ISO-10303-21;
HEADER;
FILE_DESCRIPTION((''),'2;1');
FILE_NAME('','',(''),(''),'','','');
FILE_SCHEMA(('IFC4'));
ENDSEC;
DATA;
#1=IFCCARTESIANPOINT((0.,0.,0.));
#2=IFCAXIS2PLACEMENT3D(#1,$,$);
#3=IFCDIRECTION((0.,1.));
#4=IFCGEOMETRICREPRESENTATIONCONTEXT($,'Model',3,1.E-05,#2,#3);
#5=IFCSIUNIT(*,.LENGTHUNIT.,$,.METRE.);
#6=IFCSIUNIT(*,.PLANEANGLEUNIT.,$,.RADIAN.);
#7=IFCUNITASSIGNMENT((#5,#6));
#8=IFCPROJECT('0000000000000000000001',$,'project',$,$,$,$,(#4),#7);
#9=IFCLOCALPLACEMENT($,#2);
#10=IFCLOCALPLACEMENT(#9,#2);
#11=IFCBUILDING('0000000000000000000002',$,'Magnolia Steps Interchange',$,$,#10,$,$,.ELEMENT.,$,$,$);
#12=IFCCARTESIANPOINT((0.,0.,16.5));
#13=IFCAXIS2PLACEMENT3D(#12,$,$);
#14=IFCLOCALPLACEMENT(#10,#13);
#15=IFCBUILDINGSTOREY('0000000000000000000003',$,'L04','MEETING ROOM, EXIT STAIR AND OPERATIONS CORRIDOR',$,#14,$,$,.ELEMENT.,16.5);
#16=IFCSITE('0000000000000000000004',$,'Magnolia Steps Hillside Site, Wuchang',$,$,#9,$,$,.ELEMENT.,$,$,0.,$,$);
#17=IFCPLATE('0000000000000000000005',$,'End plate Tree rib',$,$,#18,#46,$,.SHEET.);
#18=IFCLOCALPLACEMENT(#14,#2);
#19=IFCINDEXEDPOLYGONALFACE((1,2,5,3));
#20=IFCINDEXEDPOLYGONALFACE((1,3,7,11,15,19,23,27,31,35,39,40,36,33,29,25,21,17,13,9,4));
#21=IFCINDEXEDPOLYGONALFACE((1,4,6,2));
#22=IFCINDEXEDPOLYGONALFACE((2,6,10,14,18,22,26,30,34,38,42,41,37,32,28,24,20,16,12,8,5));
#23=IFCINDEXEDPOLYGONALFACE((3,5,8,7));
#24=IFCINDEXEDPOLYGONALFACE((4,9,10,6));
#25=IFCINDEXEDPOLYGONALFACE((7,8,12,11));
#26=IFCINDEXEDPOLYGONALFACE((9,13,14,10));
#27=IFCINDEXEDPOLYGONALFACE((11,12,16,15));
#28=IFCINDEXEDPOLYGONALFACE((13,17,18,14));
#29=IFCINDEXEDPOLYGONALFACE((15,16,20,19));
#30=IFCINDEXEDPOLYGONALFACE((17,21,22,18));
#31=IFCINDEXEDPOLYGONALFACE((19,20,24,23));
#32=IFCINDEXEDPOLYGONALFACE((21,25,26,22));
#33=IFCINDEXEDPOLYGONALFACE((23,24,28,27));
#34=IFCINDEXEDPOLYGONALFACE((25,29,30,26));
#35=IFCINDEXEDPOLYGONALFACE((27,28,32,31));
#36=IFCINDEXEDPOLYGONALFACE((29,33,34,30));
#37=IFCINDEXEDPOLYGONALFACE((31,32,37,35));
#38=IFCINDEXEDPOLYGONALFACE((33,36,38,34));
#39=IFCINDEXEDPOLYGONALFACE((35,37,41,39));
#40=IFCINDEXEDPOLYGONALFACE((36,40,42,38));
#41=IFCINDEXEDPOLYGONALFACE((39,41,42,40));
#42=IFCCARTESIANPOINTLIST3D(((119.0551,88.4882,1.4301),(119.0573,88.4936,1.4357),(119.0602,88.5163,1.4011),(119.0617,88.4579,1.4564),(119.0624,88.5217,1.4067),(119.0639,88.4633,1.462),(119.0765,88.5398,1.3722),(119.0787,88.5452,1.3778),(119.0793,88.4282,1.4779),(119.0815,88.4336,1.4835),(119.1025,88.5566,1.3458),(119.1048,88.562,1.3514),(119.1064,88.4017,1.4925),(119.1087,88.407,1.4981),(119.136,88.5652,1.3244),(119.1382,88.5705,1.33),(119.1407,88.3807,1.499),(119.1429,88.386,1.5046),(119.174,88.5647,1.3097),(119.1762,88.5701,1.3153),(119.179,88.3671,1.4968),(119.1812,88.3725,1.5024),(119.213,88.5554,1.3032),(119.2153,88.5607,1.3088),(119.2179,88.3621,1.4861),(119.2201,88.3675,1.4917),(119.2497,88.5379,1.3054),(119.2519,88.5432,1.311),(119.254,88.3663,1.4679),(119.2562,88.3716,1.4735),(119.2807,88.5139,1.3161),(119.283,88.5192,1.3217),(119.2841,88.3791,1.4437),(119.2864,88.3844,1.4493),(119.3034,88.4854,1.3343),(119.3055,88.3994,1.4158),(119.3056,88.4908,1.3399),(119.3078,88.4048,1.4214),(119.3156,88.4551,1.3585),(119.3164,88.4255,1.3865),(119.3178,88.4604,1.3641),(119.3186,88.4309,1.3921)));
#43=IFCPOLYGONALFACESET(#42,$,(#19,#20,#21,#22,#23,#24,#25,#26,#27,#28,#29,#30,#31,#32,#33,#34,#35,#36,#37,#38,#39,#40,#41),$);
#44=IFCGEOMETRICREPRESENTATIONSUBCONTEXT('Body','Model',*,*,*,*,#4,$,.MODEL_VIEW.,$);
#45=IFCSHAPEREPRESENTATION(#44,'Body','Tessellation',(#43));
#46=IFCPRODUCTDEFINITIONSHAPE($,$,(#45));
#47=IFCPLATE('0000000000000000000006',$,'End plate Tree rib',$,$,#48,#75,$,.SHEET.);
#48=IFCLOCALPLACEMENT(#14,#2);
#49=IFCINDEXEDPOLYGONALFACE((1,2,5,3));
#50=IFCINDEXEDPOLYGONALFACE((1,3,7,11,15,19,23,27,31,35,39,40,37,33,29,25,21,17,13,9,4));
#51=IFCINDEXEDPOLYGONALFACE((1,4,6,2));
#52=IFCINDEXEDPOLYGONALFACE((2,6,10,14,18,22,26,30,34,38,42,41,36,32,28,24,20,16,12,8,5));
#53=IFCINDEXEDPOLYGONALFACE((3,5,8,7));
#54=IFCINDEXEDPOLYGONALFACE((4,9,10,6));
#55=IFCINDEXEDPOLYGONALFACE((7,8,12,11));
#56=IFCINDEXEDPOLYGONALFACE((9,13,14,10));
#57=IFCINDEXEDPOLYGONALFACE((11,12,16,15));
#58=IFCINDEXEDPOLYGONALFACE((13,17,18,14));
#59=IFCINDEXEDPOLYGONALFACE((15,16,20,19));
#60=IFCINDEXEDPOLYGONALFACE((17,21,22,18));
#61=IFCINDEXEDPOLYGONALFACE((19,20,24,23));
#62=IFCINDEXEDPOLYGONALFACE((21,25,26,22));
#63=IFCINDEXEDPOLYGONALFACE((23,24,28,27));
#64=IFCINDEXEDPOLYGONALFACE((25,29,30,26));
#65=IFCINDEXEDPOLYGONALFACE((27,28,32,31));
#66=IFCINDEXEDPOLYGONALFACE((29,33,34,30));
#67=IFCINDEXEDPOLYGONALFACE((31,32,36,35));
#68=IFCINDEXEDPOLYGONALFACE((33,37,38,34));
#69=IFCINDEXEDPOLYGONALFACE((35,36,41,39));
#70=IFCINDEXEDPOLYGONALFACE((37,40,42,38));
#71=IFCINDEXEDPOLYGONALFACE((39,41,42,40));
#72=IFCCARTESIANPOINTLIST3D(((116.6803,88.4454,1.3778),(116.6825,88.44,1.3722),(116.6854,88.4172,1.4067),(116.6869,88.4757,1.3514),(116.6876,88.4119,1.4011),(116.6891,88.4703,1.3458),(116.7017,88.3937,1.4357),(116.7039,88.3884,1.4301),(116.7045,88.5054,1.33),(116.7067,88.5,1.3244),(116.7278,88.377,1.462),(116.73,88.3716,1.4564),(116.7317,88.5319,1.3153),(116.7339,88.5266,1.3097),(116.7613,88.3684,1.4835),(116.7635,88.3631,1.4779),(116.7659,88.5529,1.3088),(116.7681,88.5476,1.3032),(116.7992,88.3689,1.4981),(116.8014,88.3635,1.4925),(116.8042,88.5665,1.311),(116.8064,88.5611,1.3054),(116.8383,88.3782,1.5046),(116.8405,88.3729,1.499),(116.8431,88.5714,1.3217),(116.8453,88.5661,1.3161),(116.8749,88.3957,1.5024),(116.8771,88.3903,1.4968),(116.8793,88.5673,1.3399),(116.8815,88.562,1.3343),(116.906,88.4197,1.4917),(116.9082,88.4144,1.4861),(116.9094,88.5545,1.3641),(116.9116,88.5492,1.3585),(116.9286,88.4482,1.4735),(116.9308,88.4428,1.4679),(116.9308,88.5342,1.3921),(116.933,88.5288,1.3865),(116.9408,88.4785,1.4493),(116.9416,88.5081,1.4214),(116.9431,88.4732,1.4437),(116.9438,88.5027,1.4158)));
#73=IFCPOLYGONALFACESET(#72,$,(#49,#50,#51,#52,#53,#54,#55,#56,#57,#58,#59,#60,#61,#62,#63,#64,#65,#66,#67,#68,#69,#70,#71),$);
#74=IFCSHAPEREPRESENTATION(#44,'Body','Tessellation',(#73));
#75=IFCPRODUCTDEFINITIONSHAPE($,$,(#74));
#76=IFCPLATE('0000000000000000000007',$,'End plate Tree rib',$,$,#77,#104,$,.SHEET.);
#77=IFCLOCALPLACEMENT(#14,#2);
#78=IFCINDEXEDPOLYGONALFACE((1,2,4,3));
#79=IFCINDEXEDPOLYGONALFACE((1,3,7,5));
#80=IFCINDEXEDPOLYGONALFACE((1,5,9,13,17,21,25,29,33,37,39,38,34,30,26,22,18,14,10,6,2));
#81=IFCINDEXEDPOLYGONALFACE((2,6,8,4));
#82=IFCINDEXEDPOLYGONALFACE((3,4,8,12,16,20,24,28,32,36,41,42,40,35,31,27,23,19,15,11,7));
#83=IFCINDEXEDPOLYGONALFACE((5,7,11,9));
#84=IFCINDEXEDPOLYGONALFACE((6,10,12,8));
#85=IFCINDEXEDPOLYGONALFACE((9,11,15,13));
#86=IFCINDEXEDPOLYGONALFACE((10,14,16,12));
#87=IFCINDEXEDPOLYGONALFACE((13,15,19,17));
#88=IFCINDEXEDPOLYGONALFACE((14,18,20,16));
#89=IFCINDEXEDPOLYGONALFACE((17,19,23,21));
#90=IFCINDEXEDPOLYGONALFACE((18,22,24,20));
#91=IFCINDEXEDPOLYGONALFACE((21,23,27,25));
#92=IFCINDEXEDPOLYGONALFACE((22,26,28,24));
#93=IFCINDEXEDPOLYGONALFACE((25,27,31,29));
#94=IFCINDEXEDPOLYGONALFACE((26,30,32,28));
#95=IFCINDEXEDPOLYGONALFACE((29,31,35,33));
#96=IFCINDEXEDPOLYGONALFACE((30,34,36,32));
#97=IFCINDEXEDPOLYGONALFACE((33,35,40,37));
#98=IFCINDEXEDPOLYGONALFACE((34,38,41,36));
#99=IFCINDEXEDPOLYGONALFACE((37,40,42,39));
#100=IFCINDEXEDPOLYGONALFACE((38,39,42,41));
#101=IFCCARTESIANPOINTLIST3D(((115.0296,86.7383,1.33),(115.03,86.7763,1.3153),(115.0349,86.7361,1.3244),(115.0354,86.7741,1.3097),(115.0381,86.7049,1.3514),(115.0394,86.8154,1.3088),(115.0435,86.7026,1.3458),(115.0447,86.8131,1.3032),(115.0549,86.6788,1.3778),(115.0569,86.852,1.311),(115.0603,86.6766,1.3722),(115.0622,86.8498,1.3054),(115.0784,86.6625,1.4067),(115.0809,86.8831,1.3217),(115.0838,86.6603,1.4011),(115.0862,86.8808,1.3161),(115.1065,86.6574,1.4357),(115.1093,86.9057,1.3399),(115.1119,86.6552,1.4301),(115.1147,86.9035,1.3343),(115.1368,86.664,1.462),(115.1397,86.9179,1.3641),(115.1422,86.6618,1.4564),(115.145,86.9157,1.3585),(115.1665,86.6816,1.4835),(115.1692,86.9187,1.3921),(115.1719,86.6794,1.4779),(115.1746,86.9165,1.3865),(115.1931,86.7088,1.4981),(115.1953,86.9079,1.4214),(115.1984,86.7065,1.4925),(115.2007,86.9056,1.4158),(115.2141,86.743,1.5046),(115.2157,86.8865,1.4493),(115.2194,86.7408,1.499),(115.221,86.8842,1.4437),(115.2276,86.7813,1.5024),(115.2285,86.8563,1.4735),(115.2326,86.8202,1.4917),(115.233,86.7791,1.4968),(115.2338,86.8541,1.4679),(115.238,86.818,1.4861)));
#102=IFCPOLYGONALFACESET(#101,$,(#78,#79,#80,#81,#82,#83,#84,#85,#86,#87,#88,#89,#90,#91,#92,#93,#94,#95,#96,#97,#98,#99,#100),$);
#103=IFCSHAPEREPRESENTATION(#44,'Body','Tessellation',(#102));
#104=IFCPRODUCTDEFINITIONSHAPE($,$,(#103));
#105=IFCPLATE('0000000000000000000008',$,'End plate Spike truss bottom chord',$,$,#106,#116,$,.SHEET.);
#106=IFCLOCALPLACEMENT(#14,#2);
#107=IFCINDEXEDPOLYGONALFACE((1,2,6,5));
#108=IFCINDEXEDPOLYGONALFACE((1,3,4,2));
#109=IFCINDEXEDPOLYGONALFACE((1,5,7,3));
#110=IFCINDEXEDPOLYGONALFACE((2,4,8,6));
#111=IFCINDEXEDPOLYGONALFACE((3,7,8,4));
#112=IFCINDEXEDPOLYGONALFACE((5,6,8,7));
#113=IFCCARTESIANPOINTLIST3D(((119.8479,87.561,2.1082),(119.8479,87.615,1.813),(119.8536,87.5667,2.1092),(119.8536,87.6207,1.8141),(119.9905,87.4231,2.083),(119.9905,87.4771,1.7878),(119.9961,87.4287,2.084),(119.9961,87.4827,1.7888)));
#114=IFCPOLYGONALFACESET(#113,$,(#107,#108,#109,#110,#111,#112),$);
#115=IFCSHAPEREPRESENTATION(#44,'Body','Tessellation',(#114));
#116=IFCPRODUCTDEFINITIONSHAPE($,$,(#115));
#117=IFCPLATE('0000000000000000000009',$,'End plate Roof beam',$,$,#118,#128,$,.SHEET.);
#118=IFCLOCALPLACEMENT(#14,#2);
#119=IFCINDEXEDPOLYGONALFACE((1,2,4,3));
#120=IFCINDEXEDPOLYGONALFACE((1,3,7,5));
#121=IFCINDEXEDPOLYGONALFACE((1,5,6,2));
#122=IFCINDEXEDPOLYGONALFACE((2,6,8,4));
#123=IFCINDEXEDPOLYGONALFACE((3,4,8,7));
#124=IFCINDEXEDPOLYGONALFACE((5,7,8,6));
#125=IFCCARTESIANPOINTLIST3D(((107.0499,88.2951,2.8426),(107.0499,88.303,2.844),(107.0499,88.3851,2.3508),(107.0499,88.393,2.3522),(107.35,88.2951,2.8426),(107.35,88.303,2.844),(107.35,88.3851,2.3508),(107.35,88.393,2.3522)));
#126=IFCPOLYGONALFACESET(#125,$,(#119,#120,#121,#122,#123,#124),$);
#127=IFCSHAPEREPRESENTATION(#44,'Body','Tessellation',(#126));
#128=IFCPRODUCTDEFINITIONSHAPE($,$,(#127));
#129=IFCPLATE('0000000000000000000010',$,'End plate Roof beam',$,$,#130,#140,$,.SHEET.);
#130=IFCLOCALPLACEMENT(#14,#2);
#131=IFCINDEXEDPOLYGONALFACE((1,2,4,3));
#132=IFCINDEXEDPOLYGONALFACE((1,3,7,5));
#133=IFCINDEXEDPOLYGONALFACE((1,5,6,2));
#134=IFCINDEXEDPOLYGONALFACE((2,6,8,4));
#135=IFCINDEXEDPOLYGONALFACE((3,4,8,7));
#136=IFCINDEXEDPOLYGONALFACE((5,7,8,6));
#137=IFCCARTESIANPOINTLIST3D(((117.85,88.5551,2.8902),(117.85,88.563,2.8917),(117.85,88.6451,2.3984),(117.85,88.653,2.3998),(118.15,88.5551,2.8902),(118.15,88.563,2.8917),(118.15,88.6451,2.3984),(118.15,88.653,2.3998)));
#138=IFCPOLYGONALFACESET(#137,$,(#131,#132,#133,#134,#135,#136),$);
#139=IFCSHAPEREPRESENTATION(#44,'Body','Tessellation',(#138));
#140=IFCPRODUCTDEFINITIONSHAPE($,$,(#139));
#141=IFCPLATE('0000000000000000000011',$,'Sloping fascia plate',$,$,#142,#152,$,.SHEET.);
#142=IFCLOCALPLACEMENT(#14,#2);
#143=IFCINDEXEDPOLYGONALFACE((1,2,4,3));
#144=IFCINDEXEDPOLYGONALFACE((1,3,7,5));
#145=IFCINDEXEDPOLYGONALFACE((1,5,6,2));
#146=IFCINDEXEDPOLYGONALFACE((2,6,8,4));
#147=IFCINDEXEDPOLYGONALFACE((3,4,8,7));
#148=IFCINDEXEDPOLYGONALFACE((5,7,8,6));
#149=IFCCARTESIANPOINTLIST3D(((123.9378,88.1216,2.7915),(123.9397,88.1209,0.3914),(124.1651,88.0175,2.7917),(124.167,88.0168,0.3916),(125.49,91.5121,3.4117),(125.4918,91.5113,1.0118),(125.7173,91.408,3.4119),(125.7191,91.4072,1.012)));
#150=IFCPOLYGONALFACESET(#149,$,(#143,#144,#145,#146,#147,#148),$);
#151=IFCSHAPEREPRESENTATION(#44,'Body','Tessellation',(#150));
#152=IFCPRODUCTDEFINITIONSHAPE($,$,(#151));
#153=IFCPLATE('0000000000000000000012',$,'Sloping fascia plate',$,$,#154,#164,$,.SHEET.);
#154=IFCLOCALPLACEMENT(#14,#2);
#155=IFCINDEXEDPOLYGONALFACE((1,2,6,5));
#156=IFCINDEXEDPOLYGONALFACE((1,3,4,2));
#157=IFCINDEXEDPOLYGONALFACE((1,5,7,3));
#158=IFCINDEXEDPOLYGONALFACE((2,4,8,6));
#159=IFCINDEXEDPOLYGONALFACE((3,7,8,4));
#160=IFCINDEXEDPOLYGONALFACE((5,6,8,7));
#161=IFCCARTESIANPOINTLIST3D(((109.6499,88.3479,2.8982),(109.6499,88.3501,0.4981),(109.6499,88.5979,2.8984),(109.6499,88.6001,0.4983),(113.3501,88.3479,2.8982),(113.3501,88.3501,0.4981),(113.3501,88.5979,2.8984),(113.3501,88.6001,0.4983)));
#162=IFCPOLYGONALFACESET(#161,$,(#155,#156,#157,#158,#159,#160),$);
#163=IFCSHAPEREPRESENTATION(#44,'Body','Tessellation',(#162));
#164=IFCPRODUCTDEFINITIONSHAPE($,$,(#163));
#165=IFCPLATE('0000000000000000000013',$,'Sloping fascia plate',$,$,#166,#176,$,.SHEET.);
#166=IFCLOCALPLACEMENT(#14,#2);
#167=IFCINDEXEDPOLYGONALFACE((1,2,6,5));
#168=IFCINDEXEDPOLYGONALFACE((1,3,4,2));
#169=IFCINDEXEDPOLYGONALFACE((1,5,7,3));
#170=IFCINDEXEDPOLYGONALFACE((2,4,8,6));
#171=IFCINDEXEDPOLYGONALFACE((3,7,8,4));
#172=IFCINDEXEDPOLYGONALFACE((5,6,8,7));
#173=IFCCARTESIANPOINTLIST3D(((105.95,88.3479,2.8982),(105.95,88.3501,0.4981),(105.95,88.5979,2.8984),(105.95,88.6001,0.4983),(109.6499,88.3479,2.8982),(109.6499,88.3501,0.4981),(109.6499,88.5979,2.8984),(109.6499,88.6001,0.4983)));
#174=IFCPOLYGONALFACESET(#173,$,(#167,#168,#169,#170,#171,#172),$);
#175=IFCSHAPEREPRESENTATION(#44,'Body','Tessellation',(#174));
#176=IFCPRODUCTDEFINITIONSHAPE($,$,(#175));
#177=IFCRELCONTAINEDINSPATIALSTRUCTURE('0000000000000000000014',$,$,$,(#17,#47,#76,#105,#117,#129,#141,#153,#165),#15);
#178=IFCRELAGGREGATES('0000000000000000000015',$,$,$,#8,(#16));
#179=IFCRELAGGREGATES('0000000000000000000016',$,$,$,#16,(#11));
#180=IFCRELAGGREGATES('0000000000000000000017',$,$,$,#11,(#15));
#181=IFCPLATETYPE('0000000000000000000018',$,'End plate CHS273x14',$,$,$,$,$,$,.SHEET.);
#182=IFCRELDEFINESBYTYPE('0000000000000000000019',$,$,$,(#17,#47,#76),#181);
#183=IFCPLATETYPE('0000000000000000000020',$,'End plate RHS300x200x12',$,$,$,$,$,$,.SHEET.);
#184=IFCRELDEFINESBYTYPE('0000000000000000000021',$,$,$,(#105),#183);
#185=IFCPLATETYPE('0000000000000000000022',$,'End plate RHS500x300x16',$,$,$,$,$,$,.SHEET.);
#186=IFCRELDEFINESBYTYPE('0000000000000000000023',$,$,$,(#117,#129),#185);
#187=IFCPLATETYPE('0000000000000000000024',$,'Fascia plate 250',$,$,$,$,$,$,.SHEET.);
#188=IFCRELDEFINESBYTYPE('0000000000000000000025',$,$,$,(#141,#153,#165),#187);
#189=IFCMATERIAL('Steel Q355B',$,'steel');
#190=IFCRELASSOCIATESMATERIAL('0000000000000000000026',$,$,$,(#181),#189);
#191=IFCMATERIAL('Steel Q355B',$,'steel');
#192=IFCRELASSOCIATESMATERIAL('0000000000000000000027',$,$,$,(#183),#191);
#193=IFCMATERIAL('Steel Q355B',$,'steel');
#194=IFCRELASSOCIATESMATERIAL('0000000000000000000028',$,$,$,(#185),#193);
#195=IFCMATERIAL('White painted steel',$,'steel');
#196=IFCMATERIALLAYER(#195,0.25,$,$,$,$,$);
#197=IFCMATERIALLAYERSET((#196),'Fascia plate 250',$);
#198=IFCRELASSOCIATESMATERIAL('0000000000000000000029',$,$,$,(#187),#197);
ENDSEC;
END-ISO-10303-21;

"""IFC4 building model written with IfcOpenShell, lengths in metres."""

from ifc_helpers import new_model, si_unit, direction, frame, origin, origin_2d, place, context, subcontext, project, spatial, polyline, rectangle, circle, outline, extrude, material, layer, layer_set, material_profile, profile_set, type_object, element, save


model = new_model("IFC4")

# Units and contexts
model_context = context("Model", 3, precision=1e-05, world=origin(), true_north=direction((0.0, 1.0)))
body_context = subcontext(model_context, "Body", "Model", "MODEL_VIEW")
ifc_project = project(units=[si_unit("LENGTHUNIT", "METRE"), si_unit("PLANEANGLEUNIT", "RADIAN")], contexts=[model_context])

# Site, building, storey
site_placement = place(None, origin())
site = spatial("IfcSite", under=ifc_project, at=site_placement, Name="Magnolia Steps Hillside Site, Wuchang", CompositionType="ELEMENT", RefElevation=0.0)
building_placement = place(site_placement, origin())
building = spatial("IfcBuilding", under=site, at=building_placement, Name="Magnolia Steps Interchange", CompositionType="ELEMENT")
storey_placement = place(building_placement, frame((0.0, 0.0, 16.5)))
storey = spatial("IfcBuildingStorey", under=building, at=storey_placement, Name="L04", Description="MEETING ROOM, EXIT STAIR AND OPERATIONS CORRIDOR", CompositionType="ELEMENT", Elevation=16.5)

# Plates
ifc_material_1 = material(Name="Steel Q355B", Category="steel")
ifc_material_profile_1 = material_profile(ifc_material_1, circle(Radius=0.1365, at=origin_2d()), Name="End plate CHS273x14")
ifc_profile_set_1 = profile_set([ifc_material_profile_1], Name="Steel Q355B")
plate_type_1 = type_object("IfcPlateType", Name="End plate CHS273x14", PredefinedType="SHEET", material=ifc_profile_set_1)
for number, where, z_axis, x_axis, name in (
    (1, (119.1863, 88.4641, 1.4011), (0.275279, 0.664583, 0.694658), (-0.92388, 0.382683, 0.0), "End plate Tree rib"),
    (2, (116.8137, 88.4641, 1.4011), (-0.275279, 0.664583, 0.694658), (-0.92388, -0.382683, 0.0), "End plate Tree rib"),
    (3, (115.136, 86.7864, 1.4011), (-0.664583, 0.275279, 0.694658), (-0.382683, -0.92388, 0.0), "End plate Tree rib"),
):
    element("IfcPlate", number, at=place(storey_placement, frame(where, z_axis=z_axis, x_axis=x_axis)), inside=storey, type_object=plate_type_1, Name=name, PredefinedType="SHEET", context=body_context, shape_type="SweptSolid", body=[
        extrude(circle(Radius=0.1365, at=origin_2d()), origin(), (0.0, 0.0, 1.0), 0.0081),
    ])
ifc_material_2 = material(Name="Steel Q355B", Category="steel")
ifc_material_profile_2 = material_profile(ifc_material_2, rectangle(XDim=0.2, YDim=0.3, at=origin_2d()), Name="End plate RHS300x200x12")
ifc_profile_set_2 = profile_set([ifc_material_profile_2], Name="Steel Q355B")
plate_type_2 = type_object("IfcPlateType", Name="End plate RHS300x200x12", PredefinedType="SHEET", material=ifc_profile_set_2)
plate_1_placement = place(storey_placement, frame((119.9192, 87.519, 1.948), z_axis=(0.701265, 0.701265, 0.12828), x_axis=(-0.712901, 0.689818, 0.126186)))
element("IfcPlate", 4, at=plate_1_placement, inside=storey, type_object=plate_type_2, Name="End plate Spike truss bottom chord", PredefinedType="SHEET", context=body_context, shape_type="SweptSolid", body=[
    extrude(rectangle(XDim=0.2, YDim=0.3, at=origin_2d()), origin(), (0.0, 0.0, 1.0), 0.0081),
])
ifc_material_3 = material(Name="Steel Q355B", Category="steel")
ifc_material_profile_3 = material_profile(ifc_material_3, rectangle(XDim=0.3, YDim=0.5, at=origin_2d()), Name="End plate RHS500x300x16")
ifc_profile_set_3 = profile_set([ifc_material_profile_3], Name="Steel Q355B")
plate_type_3 = type_object("IfcPlateType", Name="End plate RHS500x300x16", PredefinedType="SHEET", material=ifc_profile_set_3)
for number, where, z_axis, x_axis, name in (
    (5, (107.2, 88.3401, 2.5967), (0.0, 0.983683, 0.179911), (-1.0, 0.0, 0.0), "End plate Roof beam"),
    (6, (118.0, 88.6001, 2.6443), (0.0, 0.98368, 0.179927), (-1.0, 0.0, 0.0), "End plate Roof beam"),
):
    element("IfcPlate", number, at=place(storey_placement, frame(where, z_axis=z_axis, x_axis=x_axis)), inside=storey, type_object=plate_type_3, Name=name, PredefinedType="SHEET", context=body_context, shape_type="SweptSolid", body=[
        extrude(rectangle(XDim=0.3, YDim=0.5, at=origin_2d()), origin(), (0.0, 0.0, 1.0), 0.0081),
    ])
ifc_material_4 = material(Name="White painted steel", Category="steel")
ifc_layer_1 = layer(ifc_material_4, 0.25)
ifc_layer_set_1 = layer_set([ifc_layer_1], Name="Fascia plate 250")
plate_type_4 = type_object("IfcPlateType", Name="Fascia plate 250", PredefinedType="SHEET", material=ifc_layer_set_1)
plate_2_placement = place(storey_placement, frame((124.167, 88.0168, 0.3916), z_axis=(0.90919, -0.41638, 0.000821), x_axis=(0.410611, 0.896919, 0.164118)))
element("IfcPlate", 7, at=plate_2_placement, inside=storey, type_object=plate_type_4, Name="Sloping fascia plate", PredefinedType="SHEET", context=body_context, shape_type="SweptSolid", body=[
    extrude(outline(polyline([(0.0, 0.0), (3.78, 0.0), (4.1738, 2.3674), (0.3938, 2.3676), (0.0, 0.0)])), origin(), (0.0, 0.0, -1.0), 0.25),
])
plate_3_placement = place(storey_placement, frame((113.3501, 88.6001, 0.4983), z_axis=(0.0, 1.0, 0.000915), x_axis=(-1.0, 0.0, 0.0)))
element("IfcPlate", 8, at=plate_3_placement, inside=storey, type_object=plate_type_4, Name="Sloping fascia plate", PredefinedType="SHEET", context=body_context, shape_type="SweptSolid", body=[
    extrude(outline(polyline([(0.0, 0.0), (3.7002, 0.0), (3.7002, 2.4001), (0.0, 2.4001), (0.0, 0.0)])), origin(), (0.0, 0.0, -1.0), 0.25),
])
plate_4_placement = place(storey_placement, frame((109.6499, 88.6001, 0.4983), z_axis=(0.0, 1.0, 0.000915), x_axis=(-1.0, 0.0, 0.0)))
element("IfcPlate", 9, at=plate_4_placement, inside=storey, type_object=plate_type_4, Name="Sloping fascia plate", PredefinedType="SHEET", context=body_context, shape_type="SweptSolid", body=[
    extrude(outline(polyline([(0.0, 0.0), (3.7, 0.0), (3.7, 2.4001), (0.0, 2.4001), (0.0, 0.0)])), origin(), (0.0, 0.0, -1.0), 0.25),
])

save(model, "model.ifc")
